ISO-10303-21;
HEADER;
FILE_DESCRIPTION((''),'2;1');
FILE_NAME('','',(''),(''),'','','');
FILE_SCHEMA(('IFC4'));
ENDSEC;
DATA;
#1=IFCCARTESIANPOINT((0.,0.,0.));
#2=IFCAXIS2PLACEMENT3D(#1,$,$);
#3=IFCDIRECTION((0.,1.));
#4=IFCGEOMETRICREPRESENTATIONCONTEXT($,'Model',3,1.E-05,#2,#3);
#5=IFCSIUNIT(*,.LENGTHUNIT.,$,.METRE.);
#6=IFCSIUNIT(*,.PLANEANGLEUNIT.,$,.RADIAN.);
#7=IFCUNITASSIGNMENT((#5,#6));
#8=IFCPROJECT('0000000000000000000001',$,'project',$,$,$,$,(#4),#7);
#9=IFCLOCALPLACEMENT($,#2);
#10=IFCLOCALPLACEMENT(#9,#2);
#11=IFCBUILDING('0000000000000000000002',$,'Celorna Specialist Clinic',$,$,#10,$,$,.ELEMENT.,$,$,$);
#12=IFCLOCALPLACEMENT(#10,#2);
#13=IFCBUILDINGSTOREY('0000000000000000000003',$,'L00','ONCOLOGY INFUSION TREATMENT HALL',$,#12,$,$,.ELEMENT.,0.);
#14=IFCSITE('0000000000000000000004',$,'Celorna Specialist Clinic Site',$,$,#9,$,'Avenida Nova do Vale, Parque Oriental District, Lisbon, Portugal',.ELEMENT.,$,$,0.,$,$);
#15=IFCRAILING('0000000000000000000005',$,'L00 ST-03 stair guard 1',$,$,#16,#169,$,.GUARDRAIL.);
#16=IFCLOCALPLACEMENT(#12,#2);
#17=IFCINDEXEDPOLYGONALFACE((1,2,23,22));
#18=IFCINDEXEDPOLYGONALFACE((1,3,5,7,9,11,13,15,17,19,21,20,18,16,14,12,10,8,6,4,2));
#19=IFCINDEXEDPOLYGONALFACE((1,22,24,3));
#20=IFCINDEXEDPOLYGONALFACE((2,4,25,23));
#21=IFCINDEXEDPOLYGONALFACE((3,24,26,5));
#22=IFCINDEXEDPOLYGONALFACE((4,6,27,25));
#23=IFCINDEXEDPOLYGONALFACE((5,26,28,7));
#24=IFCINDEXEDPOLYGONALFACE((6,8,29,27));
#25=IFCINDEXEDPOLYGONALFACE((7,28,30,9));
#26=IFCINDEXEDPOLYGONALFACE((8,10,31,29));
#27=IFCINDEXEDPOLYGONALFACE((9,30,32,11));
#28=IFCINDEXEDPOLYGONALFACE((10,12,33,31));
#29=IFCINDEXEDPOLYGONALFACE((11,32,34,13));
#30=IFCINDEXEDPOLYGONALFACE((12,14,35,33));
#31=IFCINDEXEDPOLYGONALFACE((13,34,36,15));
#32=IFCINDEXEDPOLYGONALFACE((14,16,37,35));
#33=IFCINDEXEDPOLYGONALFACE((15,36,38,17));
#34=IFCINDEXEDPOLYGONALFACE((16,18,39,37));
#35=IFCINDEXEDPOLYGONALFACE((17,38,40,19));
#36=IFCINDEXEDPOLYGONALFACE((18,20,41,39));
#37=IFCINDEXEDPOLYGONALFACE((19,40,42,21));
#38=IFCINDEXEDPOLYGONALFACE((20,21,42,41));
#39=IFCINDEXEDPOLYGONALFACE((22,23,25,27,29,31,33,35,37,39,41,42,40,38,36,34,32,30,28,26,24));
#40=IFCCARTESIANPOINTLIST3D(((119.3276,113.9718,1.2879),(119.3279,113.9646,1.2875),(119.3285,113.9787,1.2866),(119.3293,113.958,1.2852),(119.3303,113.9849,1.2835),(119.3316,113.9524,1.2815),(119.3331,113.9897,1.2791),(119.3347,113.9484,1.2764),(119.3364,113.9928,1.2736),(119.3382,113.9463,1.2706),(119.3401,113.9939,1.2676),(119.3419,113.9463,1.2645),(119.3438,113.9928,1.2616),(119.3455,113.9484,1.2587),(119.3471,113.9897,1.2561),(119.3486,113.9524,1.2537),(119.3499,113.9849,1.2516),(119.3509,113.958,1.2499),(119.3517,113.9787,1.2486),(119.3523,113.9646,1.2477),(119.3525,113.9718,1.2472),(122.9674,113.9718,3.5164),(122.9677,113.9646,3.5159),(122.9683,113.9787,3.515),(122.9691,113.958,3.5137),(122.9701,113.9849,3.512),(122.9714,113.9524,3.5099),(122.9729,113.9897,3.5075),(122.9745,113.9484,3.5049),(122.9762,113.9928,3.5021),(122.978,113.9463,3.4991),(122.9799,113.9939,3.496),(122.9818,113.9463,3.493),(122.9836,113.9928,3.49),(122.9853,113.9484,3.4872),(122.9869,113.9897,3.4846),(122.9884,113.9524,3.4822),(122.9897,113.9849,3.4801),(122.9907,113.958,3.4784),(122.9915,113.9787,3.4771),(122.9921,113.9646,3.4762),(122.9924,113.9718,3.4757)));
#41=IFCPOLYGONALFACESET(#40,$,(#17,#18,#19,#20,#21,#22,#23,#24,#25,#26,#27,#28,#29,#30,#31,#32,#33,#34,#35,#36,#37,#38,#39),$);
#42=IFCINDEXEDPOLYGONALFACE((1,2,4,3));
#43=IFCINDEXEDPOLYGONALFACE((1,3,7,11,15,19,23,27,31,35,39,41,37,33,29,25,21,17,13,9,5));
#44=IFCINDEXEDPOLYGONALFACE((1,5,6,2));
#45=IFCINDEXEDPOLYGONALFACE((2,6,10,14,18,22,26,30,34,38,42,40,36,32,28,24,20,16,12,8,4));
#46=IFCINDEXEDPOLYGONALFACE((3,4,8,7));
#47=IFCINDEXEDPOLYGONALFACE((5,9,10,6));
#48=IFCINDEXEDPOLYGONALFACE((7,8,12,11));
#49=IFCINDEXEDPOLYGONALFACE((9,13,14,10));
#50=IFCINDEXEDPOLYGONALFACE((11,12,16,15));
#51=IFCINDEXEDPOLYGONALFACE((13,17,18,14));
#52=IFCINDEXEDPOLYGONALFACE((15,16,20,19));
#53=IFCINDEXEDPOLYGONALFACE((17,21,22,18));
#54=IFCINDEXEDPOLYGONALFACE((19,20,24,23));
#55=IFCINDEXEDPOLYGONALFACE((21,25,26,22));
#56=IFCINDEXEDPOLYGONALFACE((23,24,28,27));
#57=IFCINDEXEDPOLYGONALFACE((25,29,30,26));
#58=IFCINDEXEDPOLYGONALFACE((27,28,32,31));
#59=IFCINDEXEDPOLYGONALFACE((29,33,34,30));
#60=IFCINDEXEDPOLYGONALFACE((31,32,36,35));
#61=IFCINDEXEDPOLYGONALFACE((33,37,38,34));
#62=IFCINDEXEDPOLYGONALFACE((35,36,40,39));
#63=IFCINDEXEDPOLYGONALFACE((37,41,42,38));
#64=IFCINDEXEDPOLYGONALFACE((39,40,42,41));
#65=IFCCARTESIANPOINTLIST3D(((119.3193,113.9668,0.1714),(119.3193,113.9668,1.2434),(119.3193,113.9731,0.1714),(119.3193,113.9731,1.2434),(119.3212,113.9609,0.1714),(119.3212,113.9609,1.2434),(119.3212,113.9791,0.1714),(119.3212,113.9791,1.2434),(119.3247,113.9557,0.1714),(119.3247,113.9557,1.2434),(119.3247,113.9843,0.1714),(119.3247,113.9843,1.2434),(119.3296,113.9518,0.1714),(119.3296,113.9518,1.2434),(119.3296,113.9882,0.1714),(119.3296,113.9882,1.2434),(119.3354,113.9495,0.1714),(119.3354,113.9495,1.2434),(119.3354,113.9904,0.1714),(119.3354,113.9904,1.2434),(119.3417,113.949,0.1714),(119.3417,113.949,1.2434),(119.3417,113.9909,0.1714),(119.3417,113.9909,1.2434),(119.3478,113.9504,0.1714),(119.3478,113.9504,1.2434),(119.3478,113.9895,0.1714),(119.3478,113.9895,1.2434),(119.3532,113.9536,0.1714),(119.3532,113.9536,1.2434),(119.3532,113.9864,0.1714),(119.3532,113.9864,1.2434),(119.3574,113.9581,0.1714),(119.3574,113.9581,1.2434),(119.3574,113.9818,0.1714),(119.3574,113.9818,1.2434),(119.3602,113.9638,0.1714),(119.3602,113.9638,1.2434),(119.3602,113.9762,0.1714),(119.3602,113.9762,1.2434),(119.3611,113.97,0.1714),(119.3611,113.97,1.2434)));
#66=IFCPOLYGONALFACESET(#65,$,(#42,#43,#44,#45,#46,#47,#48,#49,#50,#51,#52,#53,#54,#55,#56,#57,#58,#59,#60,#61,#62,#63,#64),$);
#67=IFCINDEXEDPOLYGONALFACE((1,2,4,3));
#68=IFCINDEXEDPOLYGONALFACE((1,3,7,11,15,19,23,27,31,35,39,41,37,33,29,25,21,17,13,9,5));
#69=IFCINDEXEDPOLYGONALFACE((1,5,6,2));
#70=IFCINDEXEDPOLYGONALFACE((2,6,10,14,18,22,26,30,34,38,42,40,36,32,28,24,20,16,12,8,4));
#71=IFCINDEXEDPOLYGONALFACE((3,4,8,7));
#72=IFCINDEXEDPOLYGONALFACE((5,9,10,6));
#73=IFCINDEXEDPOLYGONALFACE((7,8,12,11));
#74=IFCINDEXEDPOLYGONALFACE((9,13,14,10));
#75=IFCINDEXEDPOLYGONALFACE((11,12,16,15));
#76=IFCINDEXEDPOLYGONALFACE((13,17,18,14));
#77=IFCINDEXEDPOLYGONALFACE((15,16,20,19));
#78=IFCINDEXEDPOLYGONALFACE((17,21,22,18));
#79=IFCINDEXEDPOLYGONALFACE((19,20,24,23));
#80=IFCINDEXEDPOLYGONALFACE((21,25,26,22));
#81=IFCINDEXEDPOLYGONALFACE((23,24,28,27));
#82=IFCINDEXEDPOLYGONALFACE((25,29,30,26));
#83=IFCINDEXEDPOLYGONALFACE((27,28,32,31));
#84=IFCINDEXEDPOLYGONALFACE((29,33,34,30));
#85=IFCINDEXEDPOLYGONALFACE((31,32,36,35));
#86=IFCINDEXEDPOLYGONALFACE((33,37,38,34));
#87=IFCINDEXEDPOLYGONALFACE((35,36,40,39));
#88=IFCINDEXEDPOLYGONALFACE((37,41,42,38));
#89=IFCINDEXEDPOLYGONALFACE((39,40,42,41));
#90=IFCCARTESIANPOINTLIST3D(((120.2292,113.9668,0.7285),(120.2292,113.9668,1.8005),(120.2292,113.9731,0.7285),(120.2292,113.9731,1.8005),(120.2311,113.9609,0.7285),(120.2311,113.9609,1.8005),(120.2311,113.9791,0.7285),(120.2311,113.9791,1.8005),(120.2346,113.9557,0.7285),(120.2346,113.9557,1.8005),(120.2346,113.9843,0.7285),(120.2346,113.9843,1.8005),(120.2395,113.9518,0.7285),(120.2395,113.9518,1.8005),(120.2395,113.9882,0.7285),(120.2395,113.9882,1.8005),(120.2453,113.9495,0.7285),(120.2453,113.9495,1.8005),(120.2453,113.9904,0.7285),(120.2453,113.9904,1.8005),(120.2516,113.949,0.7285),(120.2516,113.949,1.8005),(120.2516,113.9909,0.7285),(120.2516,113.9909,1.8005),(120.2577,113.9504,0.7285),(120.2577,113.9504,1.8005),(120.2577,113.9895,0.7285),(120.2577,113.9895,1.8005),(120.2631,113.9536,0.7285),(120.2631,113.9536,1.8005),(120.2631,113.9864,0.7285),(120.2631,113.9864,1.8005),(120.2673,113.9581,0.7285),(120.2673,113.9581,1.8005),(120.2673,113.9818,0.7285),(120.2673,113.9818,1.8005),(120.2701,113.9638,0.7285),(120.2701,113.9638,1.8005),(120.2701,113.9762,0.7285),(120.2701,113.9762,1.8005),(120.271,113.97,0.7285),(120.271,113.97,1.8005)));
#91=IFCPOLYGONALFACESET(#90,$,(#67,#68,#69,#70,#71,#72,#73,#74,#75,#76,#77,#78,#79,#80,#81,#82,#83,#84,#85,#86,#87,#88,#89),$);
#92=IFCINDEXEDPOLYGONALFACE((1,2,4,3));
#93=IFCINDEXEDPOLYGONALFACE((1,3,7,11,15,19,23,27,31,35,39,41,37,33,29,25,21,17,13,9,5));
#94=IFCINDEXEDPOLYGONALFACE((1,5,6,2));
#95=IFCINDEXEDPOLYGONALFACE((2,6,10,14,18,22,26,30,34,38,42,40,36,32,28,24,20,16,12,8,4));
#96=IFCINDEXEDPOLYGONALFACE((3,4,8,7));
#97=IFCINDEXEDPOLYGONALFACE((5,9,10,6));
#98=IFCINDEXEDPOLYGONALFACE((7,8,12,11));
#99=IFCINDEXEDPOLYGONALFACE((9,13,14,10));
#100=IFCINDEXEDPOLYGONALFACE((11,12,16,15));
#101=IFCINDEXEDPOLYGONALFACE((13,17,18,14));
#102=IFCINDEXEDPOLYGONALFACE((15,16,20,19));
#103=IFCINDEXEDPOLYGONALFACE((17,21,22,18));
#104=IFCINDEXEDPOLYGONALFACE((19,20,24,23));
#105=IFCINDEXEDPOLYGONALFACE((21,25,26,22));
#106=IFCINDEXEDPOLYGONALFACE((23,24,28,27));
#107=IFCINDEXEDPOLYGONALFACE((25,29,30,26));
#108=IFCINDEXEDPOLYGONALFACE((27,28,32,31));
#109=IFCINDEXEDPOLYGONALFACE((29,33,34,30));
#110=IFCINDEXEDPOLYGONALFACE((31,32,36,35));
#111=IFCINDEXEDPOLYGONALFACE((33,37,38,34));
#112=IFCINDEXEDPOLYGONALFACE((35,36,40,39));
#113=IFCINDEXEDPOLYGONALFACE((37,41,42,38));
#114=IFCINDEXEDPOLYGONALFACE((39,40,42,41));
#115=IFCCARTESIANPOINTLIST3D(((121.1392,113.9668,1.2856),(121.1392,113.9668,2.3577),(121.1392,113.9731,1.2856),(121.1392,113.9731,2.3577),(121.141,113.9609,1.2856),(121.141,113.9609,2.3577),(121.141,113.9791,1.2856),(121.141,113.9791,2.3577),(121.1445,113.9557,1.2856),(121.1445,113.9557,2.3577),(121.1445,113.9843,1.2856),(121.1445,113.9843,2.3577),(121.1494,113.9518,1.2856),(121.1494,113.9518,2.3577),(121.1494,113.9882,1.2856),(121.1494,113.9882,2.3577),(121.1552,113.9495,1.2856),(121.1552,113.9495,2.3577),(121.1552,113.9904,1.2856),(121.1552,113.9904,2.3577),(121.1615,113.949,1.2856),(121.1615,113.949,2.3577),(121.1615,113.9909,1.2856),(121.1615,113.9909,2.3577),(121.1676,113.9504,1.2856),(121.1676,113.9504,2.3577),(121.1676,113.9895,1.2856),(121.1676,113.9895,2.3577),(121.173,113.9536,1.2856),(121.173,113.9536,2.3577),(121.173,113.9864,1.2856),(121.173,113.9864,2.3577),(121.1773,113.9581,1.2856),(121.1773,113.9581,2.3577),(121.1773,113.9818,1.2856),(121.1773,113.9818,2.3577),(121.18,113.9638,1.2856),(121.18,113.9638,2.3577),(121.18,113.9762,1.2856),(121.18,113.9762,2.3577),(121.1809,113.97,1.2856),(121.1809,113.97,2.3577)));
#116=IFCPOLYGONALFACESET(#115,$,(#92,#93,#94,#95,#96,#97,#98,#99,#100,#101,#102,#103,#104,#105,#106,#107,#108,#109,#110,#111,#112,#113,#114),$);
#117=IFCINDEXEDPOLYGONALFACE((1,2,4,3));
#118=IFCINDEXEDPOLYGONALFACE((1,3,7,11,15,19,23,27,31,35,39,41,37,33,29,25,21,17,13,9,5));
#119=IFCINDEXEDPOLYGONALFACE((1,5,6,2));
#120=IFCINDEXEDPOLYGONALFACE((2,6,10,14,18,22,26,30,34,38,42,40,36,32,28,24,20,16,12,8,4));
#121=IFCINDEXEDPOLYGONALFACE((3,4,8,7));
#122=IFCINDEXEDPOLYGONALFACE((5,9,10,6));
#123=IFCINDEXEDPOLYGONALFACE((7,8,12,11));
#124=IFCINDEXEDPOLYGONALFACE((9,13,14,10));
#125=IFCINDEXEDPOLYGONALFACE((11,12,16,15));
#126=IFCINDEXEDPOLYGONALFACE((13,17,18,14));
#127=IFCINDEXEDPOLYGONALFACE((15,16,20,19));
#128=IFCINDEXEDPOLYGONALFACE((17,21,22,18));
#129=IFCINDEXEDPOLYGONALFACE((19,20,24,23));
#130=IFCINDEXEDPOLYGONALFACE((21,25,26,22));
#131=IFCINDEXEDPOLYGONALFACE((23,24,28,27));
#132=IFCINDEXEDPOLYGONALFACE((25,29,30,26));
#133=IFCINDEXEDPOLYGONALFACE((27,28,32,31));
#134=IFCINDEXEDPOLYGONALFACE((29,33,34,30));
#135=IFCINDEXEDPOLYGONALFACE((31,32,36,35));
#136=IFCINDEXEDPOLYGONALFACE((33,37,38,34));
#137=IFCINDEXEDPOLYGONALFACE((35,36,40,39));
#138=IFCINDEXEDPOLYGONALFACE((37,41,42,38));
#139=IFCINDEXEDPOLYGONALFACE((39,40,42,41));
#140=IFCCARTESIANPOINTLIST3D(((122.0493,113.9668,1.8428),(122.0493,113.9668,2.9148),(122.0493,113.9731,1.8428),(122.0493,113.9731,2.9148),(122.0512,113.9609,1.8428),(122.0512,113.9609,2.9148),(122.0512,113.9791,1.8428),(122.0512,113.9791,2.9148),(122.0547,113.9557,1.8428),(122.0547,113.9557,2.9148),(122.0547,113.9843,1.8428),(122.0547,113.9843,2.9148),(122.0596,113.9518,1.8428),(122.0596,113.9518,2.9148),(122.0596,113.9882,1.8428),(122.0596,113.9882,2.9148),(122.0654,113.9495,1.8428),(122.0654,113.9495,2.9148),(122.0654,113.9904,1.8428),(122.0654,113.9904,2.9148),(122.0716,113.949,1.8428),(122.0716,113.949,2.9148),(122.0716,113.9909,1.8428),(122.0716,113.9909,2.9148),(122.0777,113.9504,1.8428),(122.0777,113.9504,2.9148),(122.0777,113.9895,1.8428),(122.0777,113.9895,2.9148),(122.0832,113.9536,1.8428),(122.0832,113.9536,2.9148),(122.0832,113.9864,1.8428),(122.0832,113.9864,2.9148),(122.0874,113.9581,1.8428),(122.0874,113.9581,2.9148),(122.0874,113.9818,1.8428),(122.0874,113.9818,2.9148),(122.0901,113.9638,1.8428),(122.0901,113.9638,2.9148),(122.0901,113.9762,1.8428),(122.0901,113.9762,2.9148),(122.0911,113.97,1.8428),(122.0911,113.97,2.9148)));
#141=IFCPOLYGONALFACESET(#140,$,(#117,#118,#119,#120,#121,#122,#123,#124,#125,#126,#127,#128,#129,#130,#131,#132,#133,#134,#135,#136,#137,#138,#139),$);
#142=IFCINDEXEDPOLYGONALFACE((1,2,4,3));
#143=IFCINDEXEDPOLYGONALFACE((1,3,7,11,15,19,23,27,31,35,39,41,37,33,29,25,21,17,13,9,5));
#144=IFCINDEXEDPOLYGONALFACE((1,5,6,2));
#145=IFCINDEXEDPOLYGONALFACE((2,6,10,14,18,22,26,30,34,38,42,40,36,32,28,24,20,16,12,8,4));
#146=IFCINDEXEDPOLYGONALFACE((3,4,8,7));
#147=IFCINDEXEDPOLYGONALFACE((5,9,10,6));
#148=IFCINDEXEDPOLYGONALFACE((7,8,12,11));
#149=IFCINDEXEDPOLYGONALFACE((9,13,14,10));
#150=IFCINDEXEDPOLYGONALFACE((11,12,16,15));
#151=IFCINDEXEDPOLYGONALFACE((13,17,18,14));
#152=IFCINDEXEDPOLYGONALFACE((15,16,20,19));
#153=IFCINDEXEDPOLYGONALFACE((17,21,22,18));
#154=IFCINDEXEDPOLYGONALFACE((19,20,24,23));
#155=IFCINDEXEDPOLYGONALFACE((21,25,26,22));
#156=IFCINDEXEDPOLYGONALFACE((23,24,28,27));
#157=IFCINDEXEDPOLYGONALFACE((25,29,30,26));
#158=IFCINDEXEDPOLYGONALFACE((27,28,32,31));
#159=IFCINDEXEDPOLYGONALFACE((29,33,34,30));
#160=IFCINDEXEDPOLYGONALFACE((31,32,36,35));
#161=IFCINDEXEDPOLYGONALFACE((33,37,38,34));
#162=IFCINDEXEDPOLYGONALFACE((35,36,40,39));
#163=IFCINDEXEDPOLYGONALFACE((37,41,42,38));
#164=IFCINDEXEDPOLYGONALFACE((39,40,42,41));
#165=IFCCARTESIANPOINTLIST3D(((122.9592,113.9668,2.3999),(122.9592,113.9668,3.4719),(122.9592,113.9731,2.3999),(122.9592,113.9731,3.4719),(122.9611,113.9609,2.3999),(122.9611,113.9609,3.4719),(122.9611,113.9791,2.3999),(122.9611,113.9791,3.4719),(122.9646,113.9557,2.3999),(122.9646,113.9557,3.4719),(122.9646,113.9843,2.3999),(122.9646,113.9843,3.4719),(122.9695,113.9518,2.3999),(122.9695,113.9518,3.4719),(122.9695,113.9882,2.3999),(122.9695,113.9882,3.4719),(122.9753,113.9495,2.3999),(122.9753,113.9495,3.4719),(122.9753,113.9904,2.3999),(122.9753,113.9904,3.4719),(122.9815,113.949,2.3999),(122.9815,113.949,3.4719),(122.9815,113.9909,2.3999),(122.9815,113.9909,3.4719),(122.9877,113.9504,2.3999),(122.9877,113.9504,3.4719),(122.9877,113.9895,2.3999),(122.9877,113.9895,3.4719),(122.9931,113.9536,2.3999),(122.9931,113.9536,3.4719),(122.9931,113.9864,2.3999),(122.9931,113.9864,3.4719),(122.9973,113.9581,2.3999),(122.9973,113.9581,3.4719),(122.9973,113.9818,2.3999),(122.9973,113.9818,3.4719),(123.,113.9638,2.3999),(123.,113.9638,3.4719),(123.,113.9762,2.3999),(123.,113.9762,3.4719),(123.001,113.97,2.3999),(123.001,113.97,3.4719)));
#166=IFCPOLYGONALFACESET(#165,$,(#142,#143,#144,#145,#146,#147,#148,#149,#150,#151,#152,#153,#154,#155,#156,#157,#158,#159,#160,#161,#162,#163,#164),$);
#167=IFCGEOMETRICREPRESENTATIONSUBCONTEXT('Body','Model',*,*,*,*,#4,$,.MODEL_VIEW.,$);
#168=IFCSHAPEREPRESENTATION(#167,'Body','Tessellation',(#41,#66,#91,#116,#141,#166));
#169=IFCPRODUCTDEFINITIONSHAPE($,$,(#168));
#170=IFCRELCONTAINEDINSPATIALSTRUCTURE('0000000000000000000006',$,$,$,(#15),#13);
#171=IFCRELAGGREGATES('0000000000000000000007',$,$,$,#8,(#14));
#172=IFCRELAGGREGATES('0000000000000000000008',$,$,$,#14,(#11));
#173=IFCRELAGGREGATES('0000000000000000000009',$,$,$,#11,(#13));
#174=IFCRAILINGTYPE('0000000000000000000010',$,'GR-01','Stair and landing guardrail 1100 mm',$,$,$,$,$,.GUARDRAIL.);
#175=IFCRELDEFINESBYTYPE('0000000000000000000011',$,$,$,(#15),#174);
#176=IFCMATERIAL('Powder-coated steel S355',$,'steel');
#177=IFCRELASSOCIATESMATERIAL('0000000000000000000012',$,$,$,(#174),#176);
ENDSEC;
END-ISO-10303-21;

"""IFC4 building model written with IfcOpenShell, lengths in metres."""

from ifc_helpers import new_model, si_unit, direction, frame, origin, origin_2d, place, context, subcontext, project, spatial, circle, extrude, material, type_object, element, save


model = new_model("IFC4")

# Units and contexts
model_context = context("Model", 3, precision=1e-05, world=origin(), true_north=direction((0.0, 1.0)))
body_context = subcontext(model_context, "Body", "Model", "MODEL_VIEW")
ifc_project = project(units=[si_unit("LENGTHUNIT", "METRE"), si_unit("PLANEANGLEUNIT", "RADIAN")], contexts=[model_context])

# Site, building, storey
site_placement = place(None, origin())
site = spatial("IfcSite", under=ifc_project, at=site_placement, Name="Celorna Specialist Clinic Site", LongName="Avenida Nova do Vale, Parque Oriental District, Lisbon, Portugal", CompositionType="ELEMENT", RefElevation=0.0)
building_placement = place(site_placement, origin())
building = spatial("IfcBuilding", under=site, at=building_placement, Name="Celorna Specialist Clinic", CompositionType="ELEMENT")
storey_placement = place(building_placement, origin())
storey = spatial("IfcBuildingStorey", under=building, at=storey_placement, Name="L00", Description="ONCOLOGY INFUSION TREATMENT HALL", CompositionType="ELEMENT", Elevation=0.0)

# Railing
ifc_material_1 = material(Name="Powder-coated steel S355", Category="steel")
railing_type_1 = type_object("IfcRailingType", Name="GR-01", Description="Stair and landing guardrail 1100 mm", PredefinedType="GUARDRAIL", material=ifc_material_1)
railing_1_placement = place(storey_placement, frame((119.3401, 113.97, 0.1714)))
element("IfcRailing", 1, at=railing_1_placement, inside=storey, type_object=railing_type_1, Name="L00 ST-03 stair guard 1", PredefinedType="GUARDRAIL", context=body_context, shape_type="SweptSolid", body=[
    extrude(circle(Radius=0.0239, at=origin_2d()), frame((0.0, 0.0, 1.0962), z_axis=(0.85285, 0.0, 0.522156), x_axis=(0.0, 1.0, 0.0)), (0.0, 0.0, 1.0), 4.2678),
    extrude(circle(Radius=0.021, at=origin_2d()), origin(), (0.0, 0.0, 1.0), 1.072),
    extrude(circle(Radius=0.021, at=origin_2d()), frame((0.9099, 0.0, 0.5571)), (0.0, 0.0, 1.0), 1.072),
    extrude(circle(Radius=0.021, at=origin_2d()), frame((1.8198, 0.0, 1.1143)), (0.0, 0.0, 1.0), 1.072),
    extrude(circle(Radius=0.021, at=origin_2d()), frame((2.73, 0.0, 1.6714)), (0.0, 0.0, 1.0), 1.072),
    extrude(circle(Radius=0.021, at=origin_2d()), frame((3.6399, 0.0, 2.2285)), (0.0, 0.0, 1.0), 1.072),
])

save(model, "model.ifc")
